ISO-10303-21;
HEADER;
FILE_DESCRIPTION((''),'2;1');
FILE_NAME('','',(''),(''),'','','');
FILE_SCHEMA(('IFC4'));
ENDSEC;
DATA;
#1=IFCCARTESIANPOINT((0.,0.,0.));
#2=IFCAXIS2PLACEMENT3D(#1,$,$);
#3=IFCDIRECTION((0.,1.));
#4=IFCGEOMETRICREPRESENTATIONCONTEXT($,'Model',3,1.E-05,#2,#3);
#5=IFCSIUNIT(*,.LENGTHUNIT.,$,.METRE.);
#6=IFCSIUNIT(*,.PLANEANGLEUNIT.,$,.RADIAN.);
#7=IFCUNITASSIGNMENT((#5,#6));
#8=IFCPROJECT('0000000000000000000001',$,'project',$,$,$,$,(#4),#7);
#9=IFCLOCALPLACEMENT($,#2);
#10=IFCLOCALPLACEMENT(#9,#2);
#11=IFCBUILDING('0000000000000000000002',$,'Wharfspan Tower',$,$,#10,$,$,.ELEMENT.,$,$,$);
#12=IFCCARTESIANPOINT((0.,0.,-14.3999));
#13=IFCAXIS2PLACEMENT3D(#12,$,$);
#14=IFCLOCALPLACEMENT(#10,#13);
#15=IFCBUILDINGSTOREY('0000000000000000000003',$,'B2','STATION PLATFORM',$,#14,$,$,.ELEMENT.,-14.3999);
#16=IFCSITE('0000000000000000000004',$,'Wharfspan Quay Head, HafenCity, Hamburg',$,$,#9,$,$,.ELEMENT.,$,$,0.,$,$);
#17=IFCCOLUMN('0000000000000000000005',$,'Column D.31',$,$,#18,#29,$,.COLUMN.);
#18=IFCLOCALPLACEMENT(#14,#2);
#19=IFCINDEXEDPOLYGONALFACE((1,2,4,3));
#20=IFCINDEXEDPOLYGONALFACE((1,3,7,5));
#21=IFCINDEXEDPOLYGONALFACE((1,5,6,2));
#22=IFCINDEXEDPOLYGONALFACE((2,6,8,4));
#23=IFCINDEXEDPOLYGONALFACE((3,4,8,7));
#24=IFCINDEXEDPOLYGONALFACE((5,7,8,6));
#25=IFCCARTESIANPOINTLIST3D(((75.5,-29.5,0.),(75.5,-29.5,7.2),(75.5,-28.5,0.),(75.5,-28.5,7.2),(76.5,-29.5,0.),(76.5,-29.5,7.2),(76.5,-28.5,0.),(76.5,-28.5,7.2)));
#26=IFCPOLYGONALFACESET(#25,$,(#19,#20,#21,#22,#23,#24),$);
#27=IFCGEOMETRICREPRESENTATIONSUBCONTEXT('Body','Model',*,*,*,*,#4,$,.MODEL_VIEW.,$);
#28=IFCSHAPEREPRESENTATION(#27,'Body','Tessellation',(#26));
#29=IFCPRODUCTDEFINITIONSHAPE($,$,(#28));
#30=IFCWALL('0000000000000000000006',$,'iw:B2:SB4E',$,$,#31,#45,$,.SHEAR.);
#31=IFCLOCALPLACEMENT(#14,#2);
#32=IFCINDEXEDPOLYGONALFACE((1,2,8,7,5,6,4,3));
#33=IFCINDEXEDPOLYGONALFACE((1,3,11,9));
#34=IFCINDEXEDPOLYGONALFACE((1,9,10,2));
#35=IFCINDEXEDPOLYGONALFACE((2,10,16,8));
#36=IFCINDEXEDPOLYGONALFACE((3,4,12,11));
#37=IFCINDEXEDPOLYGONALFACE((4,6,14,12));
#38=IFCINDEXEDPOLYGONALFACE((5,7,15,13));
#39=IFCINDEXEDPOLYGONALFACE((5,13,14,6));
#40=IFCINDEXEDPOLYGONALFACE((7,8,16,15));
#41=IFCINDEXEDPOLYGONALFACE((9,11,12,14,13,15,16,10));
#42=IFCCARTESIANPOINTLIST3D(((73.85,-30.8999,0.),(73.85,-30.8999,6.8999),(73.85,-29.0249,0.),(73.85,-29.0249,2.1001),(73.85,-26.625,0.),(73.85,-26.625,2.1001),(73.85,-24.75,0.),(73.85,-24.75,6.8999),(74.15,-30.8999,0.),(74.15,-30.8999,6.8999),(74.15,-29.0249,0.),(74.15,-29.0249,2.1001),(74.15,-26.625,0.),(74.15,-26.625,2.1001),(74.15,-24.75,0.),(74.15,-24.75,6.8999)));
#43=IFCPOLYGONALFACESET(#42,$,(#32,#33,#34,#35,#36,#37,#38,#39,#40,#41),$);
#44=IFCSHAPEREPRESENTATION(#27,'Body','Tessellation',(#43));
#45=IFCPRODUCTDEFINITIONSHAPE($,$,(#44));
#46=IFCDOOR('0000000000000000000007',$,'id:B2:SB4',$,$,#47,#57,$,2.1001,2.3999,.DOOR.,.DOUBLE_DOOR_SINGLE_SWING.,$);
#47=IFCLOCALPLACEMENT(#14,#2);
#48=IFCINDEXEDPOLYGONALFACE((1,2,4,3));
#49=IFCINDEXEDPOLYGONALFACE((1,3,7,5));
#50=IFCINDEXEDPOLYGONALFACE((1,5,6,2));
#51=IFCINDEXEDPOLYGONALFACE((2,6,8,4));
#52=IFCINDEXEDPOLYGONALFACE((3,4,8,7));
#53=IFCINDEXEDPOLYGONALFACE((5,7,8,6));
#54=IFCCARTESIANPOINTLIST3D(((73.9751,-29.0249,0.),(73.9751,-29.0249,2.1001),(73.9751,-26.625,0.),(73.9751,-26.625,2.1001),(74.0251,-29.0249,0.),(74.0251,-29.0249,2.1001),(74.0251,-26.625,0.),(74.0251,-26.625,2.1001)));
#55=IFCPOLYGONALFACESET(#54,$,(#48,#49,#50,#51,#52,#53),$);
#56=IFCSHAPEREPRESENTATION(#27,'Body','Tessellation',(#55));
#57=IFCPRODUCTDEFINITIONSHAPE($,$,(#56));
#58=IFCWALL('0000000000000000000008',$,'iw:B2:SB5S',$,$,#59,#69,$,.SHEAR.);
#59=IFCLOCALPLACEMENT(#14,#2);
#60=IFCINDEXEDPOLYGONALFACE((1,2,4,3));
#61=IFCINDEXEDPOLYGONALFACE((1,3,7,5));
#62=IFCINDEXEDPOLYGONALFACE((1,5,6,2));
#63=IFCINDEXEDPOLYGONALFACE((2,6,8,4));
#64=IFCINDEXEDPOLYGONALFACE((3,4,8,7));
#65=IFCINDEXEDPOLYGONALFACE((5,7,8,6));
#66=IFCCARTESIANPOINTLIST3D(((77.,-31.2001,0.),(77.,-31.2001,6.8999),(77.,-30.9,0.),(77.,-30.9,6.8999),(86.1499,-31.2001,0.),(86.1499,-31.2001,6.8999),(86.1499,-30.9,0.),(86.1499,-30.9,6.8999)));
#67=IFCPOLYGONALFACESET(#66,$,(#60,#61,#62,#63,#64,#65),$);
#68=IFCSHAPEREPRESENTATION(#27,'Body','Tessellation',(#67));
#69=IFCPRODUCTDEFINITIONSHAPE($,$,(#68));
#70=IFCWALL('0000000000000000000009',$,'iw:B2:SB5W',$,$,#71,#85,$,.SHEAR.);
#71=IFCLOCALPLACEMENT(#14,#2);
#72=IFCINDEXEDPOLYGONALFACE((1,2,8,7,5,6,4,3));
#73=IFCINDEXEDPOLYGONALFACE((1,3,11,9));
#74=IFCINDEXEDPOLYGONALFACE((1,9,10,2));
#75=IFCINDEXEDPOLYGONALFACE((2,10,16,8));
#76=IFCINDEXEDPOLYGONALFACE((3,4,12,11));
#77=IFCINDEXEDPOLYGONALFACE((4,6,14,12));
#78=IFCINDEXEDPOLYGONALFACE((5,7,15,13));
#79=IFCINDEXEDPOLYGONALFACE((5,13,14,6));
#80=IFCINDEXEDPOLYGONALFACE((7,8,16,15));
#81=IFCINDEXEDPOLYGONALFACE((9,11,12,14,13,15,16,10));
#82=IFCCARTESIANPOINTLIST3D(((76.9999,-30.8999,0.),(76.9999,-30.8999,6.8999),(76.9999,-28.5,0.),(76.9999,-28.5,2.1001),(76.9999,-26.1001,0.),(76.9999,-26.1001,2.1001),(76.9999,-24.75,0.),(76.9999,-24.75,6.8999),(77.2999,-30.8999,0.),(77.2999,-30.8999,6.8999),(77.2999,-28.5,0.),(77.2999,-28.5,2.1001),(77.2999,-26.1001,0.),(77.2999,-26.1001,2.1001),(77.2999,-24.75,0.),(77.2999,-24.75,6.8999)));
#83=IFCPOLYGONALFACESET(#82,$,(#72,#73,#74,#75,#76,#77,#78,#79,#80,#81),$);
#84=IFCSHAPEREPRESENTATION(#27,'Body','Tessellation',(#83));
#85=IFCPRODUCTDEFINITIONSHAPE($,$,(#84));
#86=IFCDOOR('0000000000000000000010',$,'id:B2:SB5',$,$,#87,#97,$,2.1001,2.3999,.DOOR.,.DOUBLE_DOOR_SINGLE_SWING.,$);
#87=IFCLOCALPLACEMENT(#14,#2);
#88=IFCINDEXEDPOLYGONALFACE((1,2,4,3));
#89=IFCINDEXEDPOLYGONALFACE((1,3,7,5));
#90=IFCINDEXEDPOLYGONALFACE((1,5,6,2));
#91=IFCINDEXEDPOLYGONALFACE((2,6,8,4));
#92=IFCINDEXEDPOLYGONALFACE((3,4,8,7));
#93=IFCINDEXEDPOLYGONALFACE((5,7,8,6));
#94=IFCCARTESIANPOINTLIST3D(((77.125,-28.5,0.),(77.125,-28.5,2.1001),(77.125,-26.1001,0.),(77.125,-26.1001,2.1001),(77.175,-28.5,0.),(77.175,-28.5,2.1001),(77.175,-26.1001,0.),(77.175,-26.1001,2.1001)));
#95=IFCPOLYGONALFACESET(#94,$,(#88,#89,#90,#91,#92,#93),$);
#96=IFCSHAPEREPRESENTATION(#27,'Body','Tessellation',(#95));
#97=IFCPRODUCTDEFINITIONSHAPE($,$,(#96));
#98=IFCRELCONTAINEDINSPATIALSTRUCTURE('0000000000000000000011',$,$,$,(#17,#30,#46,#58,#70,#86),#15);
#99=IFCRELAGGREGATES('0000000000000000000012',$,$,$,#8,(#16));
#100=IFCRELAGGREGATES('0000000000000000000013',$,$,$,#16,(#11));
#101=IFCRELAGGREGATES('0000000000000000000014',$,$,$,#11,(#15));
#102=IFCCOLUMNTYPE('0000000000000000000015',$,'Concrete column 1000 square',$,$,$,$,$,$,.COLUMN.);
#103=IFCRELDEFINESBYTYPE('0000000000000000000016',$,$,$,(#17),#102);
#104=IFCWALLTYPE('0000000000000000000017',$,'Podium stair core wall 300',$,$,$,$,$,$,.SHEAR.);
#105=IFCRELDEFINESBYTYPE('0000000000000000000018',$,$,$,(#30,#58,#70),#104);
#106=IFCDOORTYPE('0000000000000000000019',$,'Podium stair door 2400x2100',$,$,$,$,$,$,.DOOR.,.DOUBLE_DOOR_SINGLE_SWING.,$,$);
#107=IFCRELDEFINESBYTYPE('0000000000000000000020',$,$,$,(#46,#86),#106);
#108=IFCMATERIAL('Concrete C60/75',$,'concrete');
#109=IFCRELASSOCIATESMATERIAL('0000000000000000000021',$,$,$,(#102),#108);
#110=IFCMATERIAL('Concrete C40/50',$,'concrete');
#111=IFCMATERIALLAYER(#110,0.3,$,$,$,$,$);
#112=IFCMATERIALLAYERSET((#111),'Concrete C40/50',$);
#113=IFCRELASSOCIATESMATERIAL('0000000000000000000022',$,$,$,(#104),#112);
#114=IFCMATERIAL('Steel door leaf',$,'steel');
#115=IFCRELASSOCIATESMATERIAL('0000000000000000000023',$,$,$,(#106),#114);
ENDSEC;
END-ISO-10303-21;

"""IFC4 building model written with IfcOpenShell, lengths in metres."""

from ifc_helpers import new_model, si_unit, direction, frame, frame_2d, origin, origin_2d, place, context, subcontext, project, spatial, rectangle, extrude, material, layer, layer_set, material_profile, profile_set, type_object, element, fill, save


model = new_model("IFC4")

# Units and contexts
model_context = context("Model", 3, precision=1e-05, world=origin(), true_north=direction((0.0, 1.0)))
body_context = subcontext(model_context, "Body", "Model", "MODEL_VIEW")
ifc_project = project(units=[si_unit("LENGTHUNIT", "METRE"), si_unit("PLANEANGLEUNIT", "RADIAN")], contexts=[model_context])

# Site, building, storey
site_placement = place(None, origin())
site = spatial("IfcSite", under=ifc_project, at=site_placement, Name="Wharfspan Quay Head, HafenCity, Hamburg", CompositionType="ELEMENT", RefElevation=0.0)
building_placement = place(site_placement, origin())
building = spatial("IfcBuilding", under=site, at=building_placement, Name="Wharfspan Tower", CompositionType="ELEMENT")
storey_placement = place(building_placement, frame((0.0, 0.0, -14.3999)))
storey = spatial("IfcBuildingStorey", under=building, at=storey_placement, Name="B2", Description="STATION PLATFORM", CompositionType="ELEMENT", Elevation=-14.3999)

# Column
ifc_material_1 = material(Name="Concrete C60/75", Category="concrete")
ifc_material_profile = material_profile(ifc_material_1, rectangle(XDim=1.0, YDim=1.0, at=origin_2d()))
ifc_profile_set = profile_set([ifc_material_profile], Name="Concrete C60/75")
column_type = type_object("IfcColumnType", Name="Concrete column 1000 square", PredefinedType="COLUMN", material=ifc_profile_set)
column_placement = place(storey_placement, frame((76.0, -29.0, 0.0), z_axis=(0.0, 0.0, 1.0), x_axis=(1.0, 0.0, 0.0)))
element("IfcColumn", 1, at=column_placement, inside=storey, type_object=column_type, Name="Column D.31", PredefinedType="COLUMN", context=body_context, shape_type="SweptSolid", body=[
    extrude(rectangle(XDim=1.0, YDim=1.0, at=origin_2d()), origin(), (0.0, 0.0, 1.0), 7.2),
])

# Wall, opening, door
ifc_material_2 = material(Name="Concrete C40/50", Category="concrete")
ifc_layer = layer(ifc_material_2, 0.3)
ifc_layer_set = layer_set([ifc_layer], Name="Concrete C40/50")
wall_type = type_object("IfcWallType", Name="Podium stair core wall 300", PredefinedType="SHEAR", material=ifc_layer_set)
wall_1_placement = place(storey_placement, frame((74.0, -30.8999, 0.0), z_axis=(0.0, 0.0, 1.0), x_axis=(0.0, 1.0, 0.0)))
wall_1 = element("IfcWall", 2, at=wall_1_placement, inside=storey, type_object=wall_type, Name="iw:B2:SB4E", PredefinedType="SHEAR", context=body_context, shape_type="SweptSolid", body=[
    extrude(rectangle(XDim=6.1499, YDim=0.3, at=frame_2d((3.075, 0.0))), origin(), (0.0, 0.0, 1.0), 6.8999),
])
opening_1_placement = place(wall_1_placement, frame((1.875, 0.0, 0.0)))
opening_1 = element("IfcOpeningElement", 3, at=opening_1_placement, cuts=wall_1, PredefinedType="OPENING", context=body_context, shape_type="SweptSolid", body=[
    extrude(rectangle(XDim=2.3999, YDim=2.1001, at=frame_2d((1.2, 1.05))), frame((0.0, 0.1599, 0.0), z_axis=(0.0, -1.0, 0.0), x_axis=(1.0, 0.0, 0.0)), (0.0, 0.0, 1.0), 0.3201),
])
ifc_material_3 = material(Name="Steel door leaf", Category="steel")
door_type = type_object("IfcDoorType", Name="Podium stair door 2400x2100", OperationType="DOUBLE_DOOR_SINGLE_SWING", PredefinedType="DOOR", material=ifc_material_3)
door_1_placement = place(opening_1_placement, origin())
door_1 = element("IfcDoor", 4, at=door_1_placement, inside=storey, type_object=door_type, Name="id:B2:SB4", OperationType="DOUBLE_DOOR_SINGLE_SWING", OverallHeight=2.1001, OverallWidth=2.3999, PredefinedType="DOOR", context=body_context, shape_type="SweptSolid", body=[
    extrude(rectangle(XDim=2.3999, YDim=2.1001, at=frame_2d((1.2, 1.05))), frame((0.0, 0.0249, 0.0), z_axis=(0.0, -1.0, 0.0), x_axis=(1.0, 0.0, 0.0)), (0.0, 0.0, 1.0), 0.05),
])
fill(opening_1, door_1)

# Wall
wall_2_placement = place(storey_placement, frame((77.0, -31.05, 0.0), z_axis=(0.0, 0.0, 1.0), x_axis=(1.0, 0.0, 0.0)))
element("IfcWall", 5, at=wall_2_placement, inside=storey, type_object=wall_type, Name="iw:B2:SB5S", PredefinedType="SHEAR", context=body_context, shape_type="SweptSolid", body=[
    extrude(rectangle(XDim=9.1499, YDim=0.3, at=frame_2d((4.575, 0.0))), origin(), (0.0, 0.0, 1.0), 6.8999),
])

# Wall, opening, door
wall_3_placement = place(storey_placement, frame((77.1499, -30.8999, 0.0), z_axis=(0.0, 0.0, 1.0), x_axis=(0.0, 1.0, 0.0)))
wall_3 = element("IfcWall", 6, at=wall_3_placement, inside=storey, type_object=wall_type, Name="iw:B2:SB5W", PredefinedType="SHEAR", context=body_context, shape_type="SweptSolid", body=[
    extrude(rectangle(XDim=6.1499, YDim=0.3, at=frame_2d((3.075, 0.0))), origin(), (0.0, 0.0, 1.0), 6.8999),
])
opening_2_placement = place(wall_3_placement, frame((2.3999, 0.0, 0.0)))
opening_2 = element("IfcOpeningElement", 7, at=opening_2_placement, cuts=wall_3, PredefinedType="OPENING", context=body_context, shape_type="SweptSolid", body=[
    extrude(rectangle(XDim=2.3999, YDim=2.1001, at=frame_2d((1.2, 1.05))), frame((0.0, 0.1599, 0.0), z_axis=(0.0, -1.0, 0.0), x_axis=(1.0, 0.0, 0.0)), (0.0, 0.0, 1.0), 0.3201),
])
door_2_placement = place(opening_2_placement, origin())
door_2 = element("IfcDoor", 8, at=door_2_placement, inside=storey, type_object=door_type, Name="id:B2:SB5", OperationType="DOUBLE_DOOR_SINGLE_SWING", OverallHeight=2.1001, OverallWidth=2.3999, PredefinedType="DOOR", context=body_context, shape_type="SweptSolid", body=[
    extrude(rectangle(XDim=2.3999, YDim=2.1001, at=frame_2d((1.2, 1.05))), frame((0.0, 0.0249, 0.0), z_axis=(0.0, -1.0, 0.0), x_axis=(1.0, 0.0, 0.0)), (0.0, 0.0, 1.0), 0.05),
])
fill(opening_2, door_2)

save(model, "model.ifc")
